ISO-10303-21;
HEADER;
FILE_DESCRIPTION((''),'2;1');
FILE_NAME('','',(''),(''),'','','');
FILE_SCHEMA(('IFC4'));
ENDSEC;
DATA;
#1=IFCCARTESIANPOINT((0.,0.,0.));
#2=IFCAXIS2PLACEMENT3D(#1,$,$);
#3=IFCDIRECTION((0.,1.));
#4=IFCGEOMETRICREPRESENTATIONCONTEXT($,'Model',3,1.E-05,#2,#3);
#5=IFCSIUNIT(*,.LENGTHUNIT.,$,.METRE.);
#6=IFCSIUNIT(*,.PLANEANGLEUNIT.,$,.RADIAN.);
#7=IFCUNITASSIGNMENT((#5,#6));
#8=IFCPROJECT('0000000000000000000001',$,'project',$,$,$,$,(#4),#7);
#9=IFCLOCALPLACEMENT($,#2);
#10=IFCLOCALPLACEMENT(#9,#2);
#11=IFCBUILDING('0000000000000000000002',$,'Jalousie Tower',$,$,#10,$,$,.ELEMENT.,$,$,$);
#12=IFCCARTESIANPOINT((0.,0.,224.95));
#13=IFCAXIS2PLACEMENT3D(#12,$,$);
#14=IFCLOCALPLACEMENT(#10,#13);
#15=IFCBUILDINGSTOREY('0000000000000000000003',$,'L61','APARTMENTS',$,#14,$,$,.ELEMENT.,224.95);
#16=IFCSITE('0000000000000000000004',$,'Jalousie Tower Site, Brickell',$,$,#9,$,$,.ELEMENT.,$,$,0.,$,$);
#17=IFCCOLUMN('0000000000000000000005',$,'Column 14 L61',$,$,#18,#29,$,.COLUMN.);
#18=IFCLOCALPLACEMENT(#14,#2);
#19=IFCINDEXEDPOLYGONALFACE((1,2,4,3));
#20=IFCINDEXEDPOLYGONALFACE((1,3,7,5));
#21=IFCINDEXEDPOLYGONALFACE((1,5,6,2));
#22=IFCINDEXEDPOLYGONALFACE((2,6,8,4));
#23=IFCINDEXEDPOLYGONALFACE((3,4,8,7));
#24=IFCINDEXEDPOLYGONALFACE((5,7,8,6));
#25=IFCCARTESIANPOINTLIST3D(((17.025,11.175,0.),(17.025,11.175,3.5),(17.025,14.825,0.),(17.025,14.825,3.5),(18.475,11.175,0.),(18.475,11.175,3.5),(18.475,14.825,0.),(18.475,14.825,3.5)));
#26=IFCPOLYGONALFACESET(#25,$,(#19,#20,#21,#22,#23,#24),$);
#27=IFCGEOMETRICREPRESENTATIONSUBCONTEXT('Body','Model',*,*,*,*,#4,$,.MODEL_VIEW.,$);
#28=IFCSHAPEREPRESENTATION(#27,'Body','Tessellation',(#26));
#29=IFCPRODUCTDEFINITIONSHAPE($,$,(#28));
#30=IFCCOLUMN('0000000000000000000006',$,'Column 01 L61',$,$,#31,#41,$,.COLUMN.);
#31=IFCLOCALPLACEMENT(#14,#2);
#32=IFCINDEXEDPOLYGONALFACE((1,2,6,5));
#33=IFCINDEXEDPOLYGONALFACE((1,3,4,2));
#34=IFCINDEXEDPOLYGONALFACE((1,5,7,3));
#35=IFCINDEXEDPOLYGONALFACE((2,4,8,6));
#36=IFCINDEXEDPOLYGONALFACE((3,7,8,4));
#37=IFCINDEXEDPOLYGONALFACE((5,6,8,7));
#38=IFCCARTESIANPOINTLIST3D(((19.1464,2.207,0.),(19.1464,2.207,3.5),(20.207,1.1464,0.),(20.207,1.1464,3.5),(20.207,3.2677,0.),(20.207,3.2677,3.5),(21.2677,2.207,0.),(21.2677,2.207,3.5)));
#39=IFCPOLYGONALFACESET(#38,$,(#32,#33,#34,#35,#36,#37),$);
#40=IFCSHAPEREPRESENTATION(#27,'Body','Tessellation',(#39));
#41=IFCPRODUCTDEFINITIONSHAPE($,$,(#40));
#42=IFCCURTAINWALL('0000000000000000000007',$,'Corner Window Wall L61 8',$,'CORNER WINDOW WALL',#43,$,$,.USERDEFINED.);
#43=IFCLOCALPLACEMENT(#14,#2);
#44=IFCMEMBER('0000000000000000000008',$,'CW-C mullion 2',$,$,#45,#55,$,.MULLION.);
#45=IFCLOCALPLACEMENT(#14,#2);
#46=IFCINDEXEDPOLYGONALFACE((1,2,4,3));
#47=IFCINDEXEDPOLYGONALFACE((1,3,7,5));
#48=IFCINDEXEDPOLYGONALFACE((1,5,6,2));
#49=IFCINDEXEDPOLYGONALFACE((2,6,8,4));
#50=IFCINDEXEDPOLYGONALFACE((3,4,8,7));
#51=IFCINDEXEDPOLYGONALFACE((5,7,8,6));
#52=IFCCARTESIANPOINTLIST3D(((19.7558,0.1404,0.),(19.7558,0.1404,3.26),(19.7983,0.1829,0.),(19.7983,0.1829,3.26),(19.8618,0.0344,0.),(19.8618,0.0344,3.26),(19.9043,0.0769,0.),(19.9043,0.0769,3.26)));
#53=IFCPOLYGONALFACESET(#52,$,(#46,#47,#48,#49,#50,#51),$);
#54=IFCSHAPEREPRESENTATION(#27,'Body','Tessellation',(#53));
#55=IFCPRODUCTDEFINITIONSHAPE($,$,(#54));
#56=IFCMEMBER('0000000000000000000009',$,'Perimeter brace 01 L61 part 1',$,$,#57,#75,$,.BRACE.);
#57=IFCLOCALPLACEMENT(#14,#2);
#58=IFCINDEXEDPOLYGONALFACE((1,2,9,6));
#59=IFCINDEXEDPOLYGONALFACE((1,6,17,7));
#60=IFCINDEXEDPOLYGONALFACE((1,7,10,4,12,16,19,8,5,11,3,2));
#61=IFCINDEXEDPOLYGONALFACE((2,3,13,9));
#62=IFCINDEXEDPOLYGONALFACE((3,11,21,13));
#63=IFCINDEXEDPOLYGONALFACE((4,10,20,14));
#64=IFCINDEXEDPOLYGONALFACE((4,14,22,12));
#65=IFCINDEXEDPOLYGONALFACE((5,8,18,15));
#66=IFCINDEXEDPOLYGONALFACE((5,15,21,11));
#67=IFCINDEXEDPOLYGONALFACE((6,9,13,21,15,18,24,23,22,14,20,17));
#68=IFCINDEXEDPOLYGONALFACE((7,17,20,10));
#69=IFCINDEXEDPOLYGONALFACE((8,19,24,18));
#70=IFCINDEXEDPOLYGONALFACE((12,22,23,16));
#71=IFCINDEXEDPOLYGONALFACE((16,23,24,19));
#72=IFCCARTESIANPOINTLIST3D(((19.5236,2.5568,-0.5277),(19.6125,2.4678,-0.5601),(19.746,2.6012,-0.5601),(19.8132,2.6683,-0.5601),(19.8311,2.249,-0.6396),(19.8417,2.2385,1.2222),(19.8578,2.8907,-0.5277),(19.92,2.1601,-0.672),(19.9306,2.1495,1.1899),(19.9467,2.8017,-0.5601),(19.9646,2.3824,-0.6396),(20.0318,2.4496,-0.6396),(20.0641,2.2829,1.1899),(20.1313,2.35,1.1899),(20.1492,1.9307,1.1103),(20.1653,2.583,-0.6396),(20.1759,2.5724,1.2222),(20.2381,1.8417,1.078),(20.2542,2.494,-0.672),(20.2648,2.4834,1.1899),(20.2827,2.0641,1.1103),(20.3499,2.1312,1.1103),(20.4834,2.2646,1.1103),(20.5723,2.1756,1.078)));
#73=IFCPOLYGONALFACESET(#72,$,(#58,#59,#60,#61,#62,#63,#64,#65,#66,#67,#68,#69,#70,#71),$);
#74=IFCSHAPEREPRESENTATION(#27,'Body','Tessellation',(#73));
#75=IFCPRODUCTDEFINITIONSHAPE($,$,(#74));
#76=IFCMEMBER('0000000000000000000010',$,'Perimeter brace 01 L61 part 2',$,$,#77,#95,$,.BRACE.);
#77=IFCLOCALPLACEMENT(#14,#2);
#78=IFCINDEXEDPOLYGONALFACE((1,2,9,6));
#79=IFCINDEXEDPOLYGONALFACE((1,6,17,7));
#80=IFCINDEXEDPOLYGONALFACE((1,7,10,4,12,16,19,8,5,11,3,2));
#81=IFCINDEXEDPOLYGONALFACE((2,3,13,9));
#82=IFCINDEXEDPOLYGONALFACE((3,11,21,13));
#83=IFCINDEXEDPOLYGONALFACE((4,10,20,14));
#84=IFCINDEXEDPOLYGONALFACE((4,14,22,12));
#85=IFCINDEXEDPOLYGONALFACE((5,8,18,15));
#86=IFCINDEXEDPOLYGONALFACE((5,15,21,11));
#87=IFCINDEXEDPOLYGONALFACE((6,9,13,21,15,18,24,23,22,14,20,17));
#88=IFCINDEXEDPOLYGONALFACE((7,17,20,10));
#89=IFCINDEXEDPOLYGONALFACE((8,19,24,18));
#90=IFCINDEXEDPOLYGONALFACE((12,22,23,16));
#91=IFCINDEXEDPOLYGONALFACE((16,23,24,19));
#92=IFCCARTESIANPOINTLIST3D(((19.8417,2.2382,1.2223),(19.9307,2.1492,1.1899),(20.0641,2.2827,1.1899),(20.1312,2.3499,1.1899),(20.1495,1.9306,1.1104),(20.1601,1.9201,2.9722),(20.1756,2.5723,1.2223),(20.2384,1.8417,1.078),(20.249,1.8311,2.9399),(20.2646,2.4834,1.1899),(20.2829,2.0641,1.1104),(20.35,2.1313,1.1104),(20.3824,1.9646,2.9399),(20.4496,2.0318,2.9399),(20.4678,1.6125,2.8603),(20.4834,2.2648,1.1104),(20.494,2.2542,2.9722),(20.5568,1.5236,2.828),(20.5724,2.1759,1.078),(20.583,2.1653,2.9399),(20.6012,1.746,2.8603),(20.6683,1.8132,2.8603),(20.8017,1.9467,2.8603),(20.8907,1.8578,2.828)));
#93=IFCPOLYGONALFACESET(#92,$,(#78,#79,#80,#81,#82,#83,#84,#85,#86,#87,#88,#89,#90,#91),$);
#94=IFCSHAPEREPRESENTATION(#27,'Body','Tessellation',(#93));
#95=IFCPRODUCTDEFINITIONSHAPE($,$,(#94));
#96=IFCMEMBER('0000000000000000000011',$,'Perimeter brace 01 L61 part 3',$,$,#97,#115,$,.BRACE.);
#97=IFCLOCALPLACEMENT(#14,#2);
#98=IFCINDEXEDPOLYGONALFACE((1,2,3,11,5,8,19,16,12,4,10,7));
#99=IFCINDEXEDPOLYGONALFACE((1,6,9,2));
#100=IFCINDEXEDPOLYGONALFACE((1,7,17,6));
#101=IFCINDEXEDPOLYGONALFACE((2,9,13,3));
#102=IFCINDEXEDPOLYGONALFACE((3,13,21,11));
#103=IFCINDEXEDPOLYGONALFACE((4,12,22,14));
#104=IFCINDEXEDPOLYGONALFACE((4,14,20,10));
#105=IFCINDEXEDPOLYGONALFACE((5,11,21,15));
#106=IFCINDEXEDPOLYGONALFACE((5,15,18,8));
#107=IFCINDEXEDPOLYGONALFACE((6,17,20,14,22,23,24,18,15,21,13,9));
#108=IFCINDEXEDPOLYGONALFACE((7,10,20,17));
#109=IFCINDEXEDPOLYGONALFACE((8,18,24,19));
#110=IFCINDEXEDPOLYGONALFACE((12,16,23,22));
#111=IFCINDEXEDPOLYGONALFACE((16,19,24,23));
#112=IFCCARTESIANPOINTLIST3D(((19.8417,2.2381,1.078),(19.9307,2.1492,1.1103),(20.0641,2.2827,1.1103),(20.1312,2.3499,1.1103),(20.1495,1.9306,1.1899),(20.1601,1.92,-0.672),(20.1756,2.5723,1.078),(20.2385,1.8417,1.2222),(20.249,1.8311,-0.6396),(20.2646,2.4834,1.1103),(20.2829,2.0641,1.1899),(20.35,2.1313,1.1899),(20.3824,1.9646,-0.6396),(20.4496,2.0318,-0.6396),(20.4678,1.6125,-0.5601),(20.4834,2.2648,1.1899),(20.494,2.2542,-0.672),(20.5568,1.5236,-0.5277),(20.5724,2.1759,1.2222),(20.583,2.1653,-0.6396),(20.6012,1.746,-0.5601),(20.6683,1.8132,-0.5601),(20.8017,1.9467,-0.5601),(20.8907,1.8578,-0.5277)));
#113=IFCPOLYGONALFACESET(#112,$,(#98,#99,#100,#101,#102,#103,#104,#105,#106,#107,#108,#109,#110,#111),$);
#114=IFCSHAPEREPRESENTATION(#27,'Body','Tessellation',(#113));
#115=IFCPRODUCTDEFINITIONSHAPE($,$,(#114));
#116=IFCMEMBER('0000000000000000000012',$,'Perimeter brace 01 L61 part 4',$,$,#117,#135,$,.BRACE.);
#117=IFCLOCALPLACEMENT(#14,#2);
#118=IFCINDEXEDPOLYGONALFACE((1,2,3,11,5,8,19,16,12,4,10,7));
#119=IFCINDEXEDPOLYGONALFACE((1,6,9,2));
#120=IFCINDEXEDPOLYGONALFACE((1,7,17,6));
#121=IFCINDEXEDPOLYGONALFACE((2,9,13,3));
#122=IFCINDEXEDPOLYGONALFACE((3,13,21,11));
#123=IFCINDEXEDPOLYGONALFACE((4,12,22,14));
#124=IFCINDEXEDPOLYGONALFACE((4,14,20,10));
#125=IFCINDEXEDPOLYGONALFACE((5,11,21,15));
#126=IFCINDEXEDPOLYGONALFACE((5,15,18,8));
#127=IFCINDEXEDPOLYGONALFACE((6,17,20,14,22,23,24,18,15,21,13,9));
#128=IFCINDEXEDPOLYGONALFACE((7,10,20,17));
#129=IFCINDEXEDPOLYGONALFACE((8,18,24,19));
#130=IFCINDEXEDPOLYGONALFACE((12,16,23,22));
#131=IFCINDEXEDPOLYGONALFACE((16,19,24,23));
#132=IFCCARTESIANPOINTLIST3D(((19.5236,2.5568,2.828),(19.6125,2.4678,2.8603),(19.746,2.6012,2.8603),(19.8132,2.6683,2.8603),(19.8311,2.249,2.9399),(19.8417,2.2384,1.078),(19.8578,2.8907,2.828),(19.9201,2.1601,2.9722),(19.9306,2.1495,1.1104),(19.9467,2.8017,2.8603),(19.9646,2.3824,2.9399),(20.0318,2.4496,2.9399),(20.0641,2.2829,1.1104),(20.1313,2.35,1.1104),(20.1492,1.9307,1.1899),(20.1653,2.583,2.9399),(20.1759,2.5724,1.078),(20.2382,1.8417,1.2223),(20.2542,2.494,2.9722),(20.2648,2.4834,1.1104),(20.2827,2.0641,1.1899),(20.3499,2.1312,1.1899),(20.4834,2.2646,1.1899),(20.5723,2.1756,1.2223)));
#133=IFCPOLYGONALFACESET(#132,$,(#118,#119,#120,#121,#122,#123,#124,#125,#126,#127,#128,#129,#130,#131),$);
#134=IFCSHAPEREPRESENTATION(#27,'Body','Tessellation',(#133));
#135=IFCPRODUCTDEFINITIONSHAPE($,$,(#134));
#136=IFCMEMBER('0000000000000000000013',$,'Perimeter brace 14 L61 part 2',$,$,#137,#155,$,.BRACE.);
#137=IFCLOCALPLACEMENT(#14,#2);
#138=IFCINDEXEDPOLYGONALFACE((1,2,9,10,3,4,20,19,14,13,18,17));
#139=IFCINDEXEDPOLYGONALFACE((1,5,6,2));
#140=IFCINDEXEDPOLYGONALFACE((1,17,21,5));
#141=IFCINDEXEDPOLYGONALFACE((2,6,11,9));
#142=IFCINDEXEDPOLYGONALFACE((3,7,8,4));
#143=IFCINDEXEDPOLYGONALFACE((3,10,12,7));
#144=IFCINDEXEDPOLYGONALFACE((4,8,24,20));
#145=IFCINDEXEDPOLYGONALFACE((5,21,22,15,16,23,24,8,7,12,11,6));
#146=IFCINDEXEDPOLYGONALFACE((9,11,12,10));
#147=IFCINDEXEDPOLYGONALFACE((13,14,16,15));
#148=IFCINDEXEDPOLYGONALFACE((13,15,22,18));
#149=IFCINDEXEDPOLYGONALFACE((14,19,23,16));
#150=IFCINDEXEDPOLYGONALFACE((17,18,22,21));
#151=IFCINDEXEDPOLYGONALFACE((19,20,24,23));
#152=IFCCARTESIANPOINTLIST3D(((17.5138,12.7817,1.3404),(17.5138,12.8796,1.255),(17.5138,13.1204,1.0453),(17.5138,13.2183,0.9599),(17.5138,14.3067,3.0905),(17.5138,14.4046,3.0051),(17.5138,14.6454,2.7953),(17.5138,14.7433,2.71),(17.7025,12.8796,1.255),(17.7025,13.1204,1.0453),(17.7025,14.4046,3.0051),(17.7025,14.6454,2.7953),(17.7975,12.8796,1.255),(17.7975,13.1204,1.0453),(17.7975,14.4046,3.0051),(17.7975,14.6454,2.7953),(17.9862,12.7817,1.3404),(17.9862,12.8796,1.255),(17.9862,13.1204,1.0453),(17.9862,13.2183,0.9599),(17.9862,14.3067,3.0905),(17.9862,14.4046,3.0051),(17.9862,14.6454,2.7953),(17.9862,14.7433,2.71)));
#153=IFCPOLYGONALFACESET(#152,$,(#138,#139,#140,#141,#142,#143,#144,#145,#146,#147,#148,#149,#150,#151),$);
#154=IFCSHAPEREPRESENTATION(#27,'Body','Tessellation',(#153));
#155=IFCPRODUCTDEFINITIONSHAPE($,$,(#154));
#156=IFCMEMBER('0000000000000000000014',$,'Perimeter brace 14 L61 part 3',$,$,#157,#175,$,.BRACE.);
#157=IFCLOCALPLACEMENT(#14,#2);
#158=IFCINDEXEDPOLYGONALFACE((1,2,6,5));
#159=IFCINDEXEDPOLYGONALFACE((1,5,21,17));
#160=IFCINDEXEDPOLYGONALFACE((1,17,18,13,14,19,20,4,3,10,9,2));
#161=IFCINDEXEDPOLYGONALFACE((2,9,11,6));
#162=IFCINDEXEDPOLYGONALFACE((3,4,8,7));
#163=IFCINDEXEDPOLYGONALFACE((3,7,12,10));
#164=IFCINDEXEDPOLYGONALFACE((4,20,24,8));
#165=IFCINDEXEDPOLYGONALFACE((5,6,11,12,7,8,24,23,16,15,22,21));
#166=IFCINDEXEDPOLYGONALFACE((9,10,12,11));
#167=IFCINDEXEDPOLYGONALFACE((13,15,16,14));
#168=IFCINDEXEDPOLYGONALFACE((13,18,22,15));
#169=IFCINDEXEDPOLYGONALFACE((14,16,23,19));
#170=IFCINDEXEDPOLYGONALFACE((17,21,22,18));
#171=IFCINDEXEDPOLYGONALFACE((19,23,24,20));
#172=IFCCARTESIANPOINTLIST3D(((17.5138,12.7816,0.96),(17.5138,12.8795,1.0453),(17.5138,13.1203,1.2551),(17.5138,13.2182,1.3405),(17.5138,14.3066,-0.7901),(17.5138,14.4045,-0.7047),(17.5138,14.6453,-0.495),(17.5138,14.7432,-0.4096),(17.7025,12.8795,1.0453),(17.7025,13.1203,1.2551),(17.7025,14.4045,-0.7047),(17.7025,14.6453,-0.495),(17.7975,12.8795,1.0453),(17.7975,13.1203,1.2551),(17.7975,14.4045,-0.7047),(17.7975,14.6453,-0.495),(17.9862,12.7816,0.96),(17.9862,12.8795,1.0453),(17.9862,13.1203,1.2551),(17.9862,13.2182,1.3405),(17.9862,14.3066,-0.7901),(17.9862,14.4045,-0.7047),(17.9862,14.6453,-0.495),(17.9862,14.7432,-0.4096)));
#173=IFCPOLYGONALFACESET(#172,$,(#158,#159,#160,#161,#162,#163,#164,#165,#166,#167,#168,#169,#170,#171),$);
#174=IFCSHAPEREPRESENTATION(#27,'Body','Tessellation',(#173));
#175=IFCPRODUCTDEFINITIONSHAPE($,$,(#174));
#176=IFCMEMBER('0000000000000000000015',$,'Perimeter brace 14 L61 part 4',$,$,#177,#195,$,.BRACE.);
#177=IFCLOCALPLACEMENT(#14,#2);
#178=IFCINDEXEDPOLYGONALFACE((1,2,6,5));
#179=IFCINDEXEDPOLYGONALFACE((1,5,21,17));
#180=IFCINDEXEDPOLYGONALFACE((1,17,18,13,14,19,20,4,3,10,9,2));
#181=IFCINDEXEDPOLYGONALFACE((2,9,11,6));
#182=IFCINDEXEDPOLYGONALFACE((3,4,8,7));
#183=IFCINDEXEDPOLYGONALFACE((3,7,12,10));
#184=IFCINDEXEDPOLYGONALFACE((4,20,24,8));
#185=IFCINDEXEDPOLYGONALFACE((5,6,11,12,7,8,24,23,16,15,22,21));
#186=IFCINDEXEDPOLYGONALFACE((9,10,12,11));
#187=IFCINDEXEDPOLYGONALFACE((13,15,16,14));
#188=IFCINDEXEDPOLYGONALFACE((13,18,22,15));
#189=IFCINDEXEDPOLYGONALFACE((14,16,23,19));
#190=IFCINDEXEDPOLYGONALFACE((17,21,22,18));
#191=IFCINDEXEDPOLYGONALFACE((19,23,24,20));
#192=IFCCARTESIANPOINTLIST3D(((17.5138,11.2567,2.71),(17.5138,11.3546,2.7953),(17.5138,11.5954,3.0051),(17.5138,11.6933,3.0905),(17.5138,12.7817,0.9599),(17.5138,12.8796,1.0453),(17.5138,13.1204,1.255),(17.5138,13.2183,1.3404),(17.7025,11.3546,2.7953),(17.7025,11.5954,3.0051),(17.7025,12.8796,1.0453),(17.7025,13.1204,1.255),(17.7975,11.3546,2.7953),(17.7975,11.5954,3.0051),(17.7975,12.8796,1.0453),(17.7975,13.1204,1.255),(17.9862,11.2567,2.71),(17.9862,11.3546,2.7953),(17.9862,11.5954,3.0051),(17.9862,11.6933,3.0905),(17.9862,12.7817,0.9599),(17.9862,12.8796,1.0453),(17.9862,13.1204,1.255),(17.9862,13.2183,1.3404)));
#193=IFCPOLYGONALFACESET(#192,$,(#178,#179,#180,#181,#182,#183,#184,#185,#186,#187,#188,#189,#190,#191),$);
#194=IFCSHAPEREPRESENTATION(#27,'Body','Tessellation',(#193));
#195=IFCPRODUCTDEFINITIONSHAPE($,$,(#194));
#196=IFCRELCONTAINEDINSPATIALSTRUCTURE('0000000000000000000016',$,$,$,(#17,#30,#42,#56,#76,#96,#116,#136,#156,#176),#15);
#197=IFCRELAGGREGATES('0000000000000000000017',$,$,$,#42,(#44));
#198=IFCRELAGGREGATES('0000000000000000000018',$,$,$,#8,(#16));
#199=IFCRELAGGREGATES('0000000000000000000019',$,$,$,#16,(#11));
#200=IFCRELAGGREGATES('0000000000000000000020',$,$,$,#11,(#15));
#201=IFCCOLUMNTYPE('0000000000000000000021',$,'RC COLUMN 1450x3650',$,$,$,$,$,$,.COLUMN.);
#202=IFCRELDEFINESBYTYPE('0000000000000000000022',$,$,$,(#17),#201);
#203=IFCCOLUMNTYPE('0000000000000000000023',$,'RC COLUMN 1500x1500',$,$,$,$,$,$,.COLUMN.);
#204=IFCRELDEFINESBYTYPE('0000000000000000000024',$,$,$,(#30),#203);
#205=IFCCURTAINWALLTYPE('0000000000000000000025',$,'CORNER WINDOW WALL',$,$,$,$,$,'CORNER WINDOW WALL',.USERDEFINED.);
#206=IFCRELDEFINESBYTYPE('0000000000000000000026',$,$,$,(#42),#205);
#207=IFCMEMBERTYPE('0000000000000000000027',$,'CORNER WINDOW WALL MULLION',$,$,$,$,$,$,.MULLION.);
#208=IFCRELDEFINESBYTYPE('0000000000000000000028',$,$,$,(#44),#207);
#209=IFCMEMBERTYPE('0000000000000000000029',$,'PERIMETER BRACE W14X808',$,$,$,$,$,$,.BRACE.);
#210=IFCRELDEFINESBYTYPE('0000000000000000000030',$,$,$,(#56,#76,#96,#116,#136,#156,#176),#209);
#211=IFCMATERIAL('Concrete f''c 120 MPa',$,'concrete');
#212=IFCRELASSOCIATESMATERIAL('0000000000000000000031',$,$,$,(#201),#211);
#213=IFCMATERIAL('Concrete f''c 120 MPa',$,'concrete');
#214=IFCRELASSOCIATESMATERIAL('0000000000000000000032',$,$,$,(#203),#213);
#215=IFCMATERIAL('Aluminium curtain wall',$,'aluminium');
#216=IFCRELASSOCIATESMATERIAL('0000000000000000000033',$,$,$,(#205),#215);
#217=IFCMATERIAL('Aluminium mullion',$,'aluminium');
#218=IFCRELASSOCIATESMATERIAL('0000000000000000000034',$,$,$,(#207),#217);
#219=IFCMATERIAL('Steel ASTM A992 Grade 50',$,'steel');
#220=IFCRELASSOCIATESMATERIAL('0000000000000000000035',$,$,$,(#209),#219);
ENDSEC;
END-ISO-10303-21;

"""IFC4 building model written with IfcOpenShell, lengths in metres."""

from ifc_helpers import new_model, si_unit, direction, frame, origin, origin_2d, place, context, subcontext, project, spatial, rectangle, i_section, extrude, material, material_profile, profile_set, type_object, element, aggregate, save


model = new_model("IFC4")

# Units and contexts
model_context = context("Model", 3, precision=1e-05, world=origin(), true_north=direction((0.0, 1.0)))
body_context = subcontext(model_context, "Body", "Model", "MODEL_VIEW")
ifc_project = project(units=[si_unit("LENGTHUNIT", "METRE"), si_unit("PLANEANGLEUNIT", "RADIAN")], contexts=[model_context])

# Site, building, storey
site_placement = place(None, origin())
site = spatial("IfcSite", under=ifc_project, at=site_placement, Name="Jalousie Tower Site, Brickell", CompositionType="ELEMENT", RefElevation=0.0)
building_placement = place(site_placement, origin())
building = spatial("IfcBuilding", under=site, at=building_placement, Name="Jalousie Tower", CompositionType="ELEMENT")
storey_placement = place(building_placement, frame((0.0, 0.0, 224.95)))
storey = spatial("IfcBuildingStorey", under=building, at=storey_placement, Name="L61", Description="APARTMENTS", CompositionType="ELEMENT", Elevation=224.95)

# Columns
ifc_material_1 = material(Name="Concrete f'c 120 MPa", Category="concrete")
ifc_material_profile_1 = material_profile(ifc_material_1, rectangle(XDim=1.45, YDim=3.6499, at=origin_2d()), Name="RC 1450x3650")
ifc_profile_set_1 = profile_set([ifc_material_profile_1], Name="Concrete f'c 120 MPa")
column_type_1 = type_object("IfcColumnType", Name="RC COLUMN 1450x3650", PredefinedType="COLUMN", material=ifc_profile_set_1)
column_1_placement = place(storey_placement, frame((17.75, 13.0, 0.0), z_axis=(0.0, 0.0, 1.0), x_axis=(1.0, 0.0, 0.0)))
element("IfcColumn", 1, at=column_1_placement, inside=storey, type_object=column_type_1, Name="Column 14 L61", PredefinedType="COLUMN", context=body_context, shape_type="SweptSolid", body=[
    extrude(rectangle(XDim=1.45, YDim=3.6499, at=origin_2d()), origin(), (0.0, 0.0, 1.0), 3.5),
])
ifc_material_2 = material(Name="Concrete f'c 120 MPa", Category="concrete")
ifc_material_profile_2 = material_profile(ifc_material_2, rectangle(XDim=1.5, YDim=1.5, at=origin_2d()), Name="RC 1500x1500")
ifc_profile_set_2 = profile_set([ifc_material_profile_2], Name="Concrete f'c 120 MPa")
column_type_2 = type_object("IfcColumnType", Name="RC COLUMN 1500x1500", PredefinedType="COLUMN", material=ifc_profile_set_2)
column_2_placement = place(storey_placement, frame((20.207, 2.207, 0.0), z_axis=(0.0, 0.0, 1.0), x_axis=(0.707107, 0.707107, 0.0)))
element("IfcColumn", 2, at=column_2_placement, inside=storey, type_object=column_type_2, Name="Column 01 L61", PredefinedType="COLUMN", context=body_context, shape_type="SweptSolid", body=[
    extrude(rectangle(XDim=1.5, YDim=1.5, at=origin_2d()), origin(), (0.0, 0.0, 1.0), 3.5),
])

# Curtain wall, member
ifc_material_3 = material(Name="Aluminium curtain wall", Category="aluminium")
curtain_wall_type = type_object("IfcCurtainWallType", Name="CORNER WINDOW WALL", ElementType="CORNER WINDOW WALL", PredefinedType="USERDEFINED", material=ifc_material_3)
curtain_wall_placement = place(storey_placement, origin())
curtain_wall = element("IfcCurtainWall", 3, at=curtain_wall_placement, inside=storey, type_object=curtain_wall_type, Name="Corner Window Wall L61 8", ObjectType="CORNER WINDOW WALL", PredefinedType="USERDEFINED")
ifc_material_4 = material(Name="Aluminium mullion", Category="aluminium")
ifc_material_profile_3 = material_profile(ifc_material_4, rectangle(XDim=0.0601, YDim=0.1499, at=origin_2d()), Name="MULLION 60x150")
ifc_profile_set_3 = profile_set([ifc_material_profile_3], Name="Aluminium mullion")
member_type_1 = type_object("IfcMemberType", Name="CORNER WINDOW WALL MULLION", PredefinedType="MULLION", material=ifc_profile_set_3)
member_placement = place(storey_placement, frame((19.8301, 0.1086, 0.0), z_axis=(0.0, 0.0, 1.0), x_axis=(0.707107, 0.707107, 0.0)))
member = element("IfcMember", 4, at=member_placement, type_object=member_type_1, Name="CW-C mullion 2", PredefinedType="MULLION", context=body_context, shape_type="SweptSolid", body=[
    extrude(rectangle(XDim=0.0601, YDim=0.1499, at=origin_2d()), origin(), (0.0, 0.0, 1.0), 3.26),
])

# Members
ifc_material_5 = material(Name="Steel ASTM A992 Grade 50", Category="steel")
ifc_material_profile_4 = material_profile(ifc_material_5, i_section(OverallWidth=0.4724, OverallDepth=0.5791, WebThickness=0.095, FlangeThickness=0.1299, at=origin_2d()), Name="W14X808")
ifc_profile_set_4 = profile_set([ifc_material_profile_4], Name="Steel ASTM A992 Grade 50")
member_type_2 = type_object("IfcMemberType", Name="PERIMETER BRACE W14X808", PredefinedType="BRACE", material=ifc_profile_set_4)
for number, where, z_axis, x_axis, name in (
    (5, (19.8889, 2.5254, -0.5999), (0.176051, -0.176187, 0.968486), (0.707378, 0.706835, 0.0), "Perimeter brace 01 L61 part 1"),
    (6, (20.207, 2.207, 1.1501), (0.176187, -0.176051, 0.968486), (0.706835, 0.707378, 0.0), "Perimeter brace 01 L61 part 2"),
    (7, (20.5254, 1.8889, -0.5999), (-0.176187, 0.176051, 0.968486), (-0.706835, -0.707378, 0.0), "Perimeter brace 01 L61 part 3"),
    (8, (20.207, 2.207, 1.1501), (-0.176051, 0.176187, 0.968486), (-0.707378, -0.706835, 0.0), "Perimeter brace 01 L61 part 4"),
):
    element("IfcMember", number, at=place(storey_placement, frame(where, z_axis=z_axis, x_axis=x_axis)), inside=storey, type_object=member_type_2, Name=name, PredefinedType="BRACE", context=body_context, shape_type="SweptSolid", body=[
        extrude(i_section(OverallWidth=0.4724, OverallDepth=0.5791, WebThickness=0.095, FlangeThickness=0.1299, at=origin_2d()), origin(), (0.0, 0.0, 1.0), 1.8069),
    ])
for number, where, z_axis, x_axis, name in (
    (9, (17.75, 13.0, 1.1501), (0.0, 0.656954, 0.75393), (-1.0, 0.0, 0.0), "Perimeter brace 14 L61 part 2"),
    (10, (17.75, 14.5249, -0.5999), (0.0, -0.656954, 0.75393), (1.0, 0.0, 0.0), "Perimeter brace 14 L61 part 3"),
    (11, (17.75, 13.0, 1.1501), (0.0, -0.656954, 0.75393), (1.0, 0.0, 0.0), "Perimeter brace 14 L61 part 4"),
):
    element("IfcMember", number, at=place(storey_placement, frame(where, z_axis=z_axis, x_axis=x_axis)), inside=storey, type_object=member_type_2, Name=name, PredefinedType="BRACE", context=body_context, shape_type="SweptSolid", body=[
        extrude(i_section(OverallWidth=0.4724, OverallDepth=0.5791, WebThickness=0.095, FlangeThickness=0.1299, at=origin_2d()), origin(), (0.0, 0.0, 1.0), 2.3213),
    ])

aggregate(curtain_wall, [member])

save(model, "model.ifc")
